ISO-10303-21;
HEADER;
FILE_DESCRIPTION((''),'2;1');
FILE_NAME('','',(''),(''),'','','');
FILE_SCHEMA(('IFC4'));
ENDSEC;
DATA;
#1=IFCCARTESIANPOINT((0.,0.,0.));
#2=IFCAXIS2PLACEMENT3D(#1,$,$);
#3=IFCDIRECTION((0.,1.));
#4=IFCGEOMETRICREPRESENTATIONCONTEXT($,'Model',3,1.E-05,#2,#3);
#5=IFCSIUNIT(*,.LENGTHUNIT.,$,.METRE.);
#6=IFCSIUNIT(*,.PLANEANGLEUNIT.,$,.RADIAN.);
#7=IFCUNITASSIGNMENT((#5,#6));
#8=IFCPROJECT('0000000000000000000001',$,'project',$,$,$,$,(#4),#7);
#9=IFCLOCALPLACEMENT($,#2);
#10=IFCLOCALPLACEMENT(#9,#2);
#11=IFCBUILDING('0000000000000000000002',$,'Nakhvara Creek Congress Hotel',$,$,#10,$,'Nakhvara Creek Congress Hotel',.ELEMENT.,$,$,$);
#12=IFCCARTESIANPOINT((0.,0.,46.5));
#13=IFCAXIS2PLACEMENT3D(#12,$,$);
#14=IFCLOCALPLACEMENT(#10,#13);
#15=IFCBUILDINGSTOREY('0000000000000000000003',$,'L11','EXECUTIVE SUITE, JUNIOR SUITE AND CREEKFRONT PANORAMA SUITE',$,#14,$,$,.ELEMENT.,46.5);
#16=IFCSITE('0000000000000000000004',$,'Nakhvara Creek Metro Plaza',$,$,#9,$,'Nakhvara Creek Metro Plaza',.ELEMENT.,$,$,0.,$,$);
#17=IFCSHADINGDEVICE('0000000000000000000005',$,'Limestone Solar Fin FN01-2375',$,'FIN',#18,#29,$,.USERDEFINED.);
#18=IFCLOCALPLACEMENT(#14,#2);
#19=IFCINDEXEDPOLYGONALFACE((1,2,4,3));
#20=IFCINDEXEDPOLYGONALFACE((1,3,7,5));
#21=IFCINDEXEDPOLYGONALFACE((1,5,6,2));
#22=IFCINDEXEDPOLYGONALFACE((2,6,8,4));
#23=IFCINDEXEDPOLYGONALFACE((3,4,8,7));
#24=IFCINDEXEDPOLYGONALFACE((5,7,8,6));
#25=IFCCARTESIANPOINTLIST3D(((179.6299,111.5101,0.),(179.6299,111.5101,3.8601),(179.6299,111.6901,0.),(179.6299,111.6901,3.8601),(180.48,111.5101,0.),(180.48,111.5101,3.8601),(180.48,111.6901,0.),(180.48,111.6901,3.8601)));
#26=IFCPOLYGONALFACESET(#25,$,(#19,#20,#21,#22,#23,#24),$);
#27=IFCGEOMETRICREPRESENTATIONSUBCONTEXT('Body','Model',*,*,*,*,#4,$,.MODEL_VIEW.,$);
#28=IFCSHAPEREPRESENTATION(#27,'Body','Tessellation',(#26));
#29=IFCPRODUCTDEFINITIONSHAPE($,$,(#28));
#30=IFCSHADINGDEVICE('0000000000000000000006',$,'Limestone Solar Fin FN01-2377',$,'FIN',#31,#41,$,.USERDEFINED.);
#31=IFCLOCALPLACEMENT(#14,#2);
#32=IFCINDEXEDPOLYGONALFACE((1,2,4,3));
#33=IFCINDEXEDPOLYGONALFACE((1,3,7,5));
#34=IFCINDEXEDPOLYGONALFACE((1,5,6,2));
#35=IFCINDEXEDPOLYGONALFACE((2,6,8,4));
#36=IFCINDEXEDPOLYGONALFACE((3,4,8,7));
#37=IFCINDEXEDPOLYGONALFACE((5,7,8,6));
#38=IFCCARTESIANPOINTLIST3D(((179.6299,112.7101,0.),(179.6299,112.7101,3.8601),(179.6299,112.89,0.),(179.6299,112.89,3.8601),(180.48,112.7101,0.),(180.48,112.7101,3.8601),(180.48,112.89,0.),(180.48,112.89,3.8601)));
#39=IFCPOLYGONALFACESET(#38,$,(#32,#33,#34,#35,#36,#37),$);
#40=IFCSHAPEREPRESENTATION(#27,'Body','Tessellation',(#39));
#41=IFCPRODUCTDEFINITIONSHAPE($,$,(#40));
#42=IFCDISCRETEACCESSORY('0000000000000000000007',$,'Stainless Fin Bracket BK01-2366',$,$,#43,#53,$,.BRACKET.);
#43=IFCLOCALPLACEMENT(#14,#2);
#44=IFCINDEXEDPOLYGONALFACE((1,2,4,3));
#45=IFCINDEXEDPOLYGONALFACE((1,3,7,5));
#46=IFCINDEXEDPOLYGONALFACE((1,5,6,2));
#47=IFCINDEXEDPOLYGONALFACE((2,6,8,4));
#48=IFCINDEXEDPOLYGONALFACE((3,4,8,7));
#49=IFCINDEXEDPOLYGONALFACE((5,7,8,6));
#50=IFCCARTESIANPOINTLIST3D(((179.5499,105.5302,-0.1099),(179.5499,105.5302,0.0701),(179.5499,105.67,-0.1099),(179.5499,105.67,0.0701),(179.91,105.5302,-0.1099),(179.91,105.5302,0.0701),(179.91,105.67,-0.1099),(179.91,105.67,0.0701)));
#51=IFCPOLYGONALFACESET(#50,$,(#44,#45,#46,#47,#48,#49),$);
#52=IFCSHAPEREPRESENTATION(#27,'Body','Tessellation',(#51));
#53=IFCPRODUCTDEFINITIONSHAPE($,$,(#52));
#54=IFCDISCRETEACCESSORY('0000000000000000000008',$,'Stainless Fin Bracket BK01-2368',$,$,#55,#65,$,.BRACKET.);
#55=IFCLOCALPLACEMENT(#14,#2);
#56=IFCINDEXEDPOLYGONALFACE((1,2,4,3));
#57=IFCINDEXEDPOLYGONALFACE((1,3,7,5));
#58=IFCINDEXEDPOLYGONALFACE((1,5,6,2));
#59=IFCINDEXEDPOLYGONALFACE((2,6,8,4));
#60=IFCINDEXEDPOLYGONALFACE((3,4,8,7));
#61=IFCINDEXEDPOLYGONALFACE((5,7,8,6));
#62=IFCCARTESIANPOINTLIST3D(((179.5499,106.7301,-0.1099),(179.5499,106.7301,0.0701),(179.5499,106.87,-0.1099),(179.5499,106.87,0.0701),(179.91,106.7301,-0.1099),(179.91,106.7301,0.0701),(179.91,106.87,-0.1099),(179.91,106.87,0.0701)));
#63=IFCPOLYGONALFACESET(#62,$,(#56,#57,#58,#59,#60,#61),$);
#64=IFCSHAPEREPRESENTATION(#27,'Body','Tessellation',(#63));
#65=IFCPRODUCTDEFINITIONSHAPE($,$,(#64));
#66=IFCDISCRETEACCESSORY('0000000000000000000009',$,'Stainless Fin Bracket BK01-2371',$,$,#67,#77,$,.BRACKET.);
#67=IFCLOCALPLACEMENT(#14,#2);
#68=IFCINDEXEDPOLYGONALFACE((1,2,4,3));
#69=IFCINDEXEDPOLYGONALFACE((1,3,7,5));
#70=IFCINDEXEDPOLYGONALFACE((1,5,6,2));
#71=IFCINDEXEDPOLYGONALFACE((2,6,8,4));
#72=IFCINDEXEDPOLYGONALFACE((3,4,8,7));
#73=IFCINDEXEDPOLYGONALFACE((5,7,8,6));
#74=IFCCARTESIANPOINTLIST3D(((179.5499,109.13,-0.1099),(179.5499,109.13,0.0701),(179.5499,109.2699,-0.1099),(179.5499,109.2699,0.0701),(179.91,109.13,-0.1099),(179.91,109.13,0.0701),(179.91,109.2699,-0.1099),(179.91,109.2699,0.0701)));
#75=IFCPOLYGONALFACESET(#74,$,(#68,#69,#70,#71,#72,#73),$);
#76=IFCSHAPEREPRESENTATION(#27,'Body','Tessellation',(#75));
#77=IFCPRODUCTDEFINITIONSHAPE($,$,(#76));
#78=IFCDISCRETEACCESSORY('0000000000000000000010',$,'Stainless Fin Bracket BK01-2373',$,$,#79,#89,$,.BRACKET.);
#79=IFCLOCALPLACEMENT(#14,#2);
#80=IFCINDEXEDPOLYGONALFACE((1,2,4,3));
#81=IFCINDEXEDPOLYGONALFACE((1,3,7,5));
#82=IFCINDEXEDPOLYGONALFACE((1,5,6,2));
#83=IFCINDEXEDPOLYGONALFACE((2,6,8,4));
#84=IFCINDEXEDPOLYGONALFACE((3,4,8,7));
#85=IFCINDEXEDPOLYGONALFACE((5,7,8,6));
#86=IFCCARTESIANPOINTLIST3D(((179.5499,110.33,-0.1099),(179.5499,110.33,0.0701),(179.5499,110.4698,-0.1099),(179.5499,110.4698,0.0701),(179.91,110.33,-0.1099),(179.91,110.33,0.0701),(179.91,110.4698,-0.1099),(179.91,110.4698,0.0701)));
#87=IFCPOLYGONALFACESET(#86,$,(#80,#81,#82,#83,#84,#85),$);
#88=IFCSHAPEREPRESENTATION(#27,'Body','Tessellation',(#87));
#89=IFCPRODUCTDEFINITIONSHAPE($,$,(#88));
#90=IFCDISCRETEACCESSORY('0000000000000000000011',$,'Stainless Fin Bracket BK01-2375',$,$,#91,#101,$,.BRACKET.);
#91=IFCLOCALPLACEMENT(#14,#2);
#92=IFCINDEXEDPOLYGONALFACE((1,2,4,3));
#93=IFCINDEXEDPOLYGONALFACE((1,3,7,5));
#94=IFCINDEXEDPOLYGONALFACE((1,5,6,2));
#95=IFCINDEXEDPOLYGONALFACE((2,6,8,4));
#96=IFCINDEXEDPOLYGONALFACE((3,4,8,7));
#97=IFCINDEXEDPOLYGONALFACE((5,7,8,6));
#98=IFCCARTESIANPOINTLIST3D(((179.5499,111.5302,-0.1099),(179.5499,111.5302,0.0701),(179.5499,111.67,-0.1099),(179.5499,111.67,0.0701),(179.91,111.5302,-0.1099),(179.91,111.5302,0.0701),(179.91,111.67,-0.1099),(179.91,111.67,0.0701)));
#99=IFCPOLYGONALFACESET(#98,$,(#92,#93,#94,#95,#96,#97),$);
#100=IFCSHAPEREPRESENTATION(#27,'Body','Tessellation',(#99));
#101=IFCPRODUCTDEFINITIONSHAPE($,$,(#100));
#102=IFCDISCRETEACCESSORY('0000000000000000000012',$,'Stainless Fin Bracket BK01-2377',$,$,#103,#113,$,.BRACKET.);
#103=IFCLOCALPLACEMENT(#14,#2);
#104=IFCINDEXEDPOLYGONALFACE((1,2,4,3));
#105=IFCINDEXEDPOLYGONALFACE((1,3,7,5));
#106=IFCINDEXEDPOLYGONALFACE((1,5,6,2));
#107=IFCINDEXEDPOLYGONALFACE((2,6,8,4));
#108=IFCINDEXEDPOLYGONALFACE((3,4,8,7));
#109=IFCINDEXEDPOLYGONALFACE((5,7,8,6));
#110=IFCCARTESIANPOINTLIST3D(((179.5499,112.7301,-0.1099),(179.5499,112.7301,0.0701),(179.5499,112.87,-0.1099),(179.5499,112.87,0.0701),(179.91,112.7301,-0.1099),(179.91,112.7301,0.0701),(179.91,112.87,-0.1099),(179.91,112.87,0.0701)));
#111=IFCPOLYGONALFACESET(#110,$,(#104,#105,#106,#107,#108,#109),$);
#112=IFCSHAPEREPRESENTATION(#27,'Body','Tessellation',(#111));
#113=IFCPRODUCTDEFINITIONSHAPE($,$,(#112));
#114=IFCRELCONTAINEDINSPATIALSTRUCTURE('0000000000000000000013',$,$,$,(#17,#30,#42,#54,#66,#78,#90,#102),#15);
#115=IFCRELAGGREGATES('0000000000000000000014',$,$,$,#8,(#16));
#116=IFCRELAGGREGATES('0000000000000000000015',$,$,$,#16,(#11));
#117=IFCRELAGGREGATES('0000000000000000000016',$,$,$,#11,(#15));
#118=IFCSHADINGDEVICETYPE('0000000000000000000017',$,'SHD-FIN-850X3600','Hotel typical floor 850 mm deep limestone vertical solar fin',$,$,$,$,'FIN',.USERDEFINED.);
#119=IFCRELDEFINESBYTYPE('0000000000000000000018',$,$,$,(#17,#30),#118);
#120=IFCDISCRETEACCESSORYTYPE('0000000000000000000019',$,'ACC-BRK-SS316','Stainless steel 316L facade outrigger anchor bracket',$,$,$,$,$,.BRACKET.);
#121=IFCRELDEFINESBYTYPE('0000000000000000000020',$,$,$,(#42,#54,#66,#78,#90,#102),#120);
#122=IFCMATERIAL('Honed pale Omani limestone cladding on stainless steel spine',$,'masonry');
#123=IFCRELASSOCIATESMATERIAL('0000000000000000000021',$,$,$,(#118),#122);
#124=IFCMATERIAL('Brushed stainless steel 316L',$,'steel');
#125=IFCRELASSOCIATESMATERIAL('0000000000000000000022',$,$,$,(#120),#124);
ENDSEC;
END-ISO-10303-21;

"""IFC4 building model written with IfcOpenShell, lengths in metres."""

from ifc_helpers import new_model, si_unit, direction, frame, origin, origin_2d, place, context, subcontext, project, spatial, rectangle, extrude, material, type_object, element, save


model = new_model("IFC4")

# Units and contexts
model_context = context("Model", 3, precision=1e-05, world=origin(), true_north=direction((0.0, 1.0)))
body_context = subcontext(model_context, "Body", "Model", "MODEL_VIEW")
ifc_project = project(units=[si_unit("LENGTHUNIT", "METRE"), si_unit("PLANEANGLEUNIT", "RADIAN")], contexts=[model_context])

# Site, building, storey
site_placement = place(None, origin())
site = spatial("IfcSite", under=ifc_project, at=site_placement, Name="Nakhvara Creek Metro Plaza", LongName="Nakhvara Creek Metro Plaza", CompositionType="ELEMENT", RefElevation=0.0)
building_placement = place(site_placement, origin())
building = spatial("IfcBuilding", under=site, at=building_placement, Name="Nakhvara Creek Congress Hotel", LongName="Nakhvara Creek Congress Hotel", CompositionType="ELEMENT")
storey_placement = place(building_placement, frame((0.0, 0.0, 46.5)))
storey = spatial("IfcBuildingStorey", under=building, at=storey_placement, Name="L11", Description="EXECUTIVE SUITE, JUNIOR SUITE AND CREEKFRONT PANORAMA SUITE", CompositionType="ELEMENT", Elevation=46.5)

# Shading devices
ifc_material_1 = material(Name="Honed pale Omani limestone cladding on stainless steel spine", Category="masonry")
shading_device_type = type_object("IfcShadingDeviceType", Name="SHD-FIN-850X3600", Description="Hotel typical floor 850 mm deep limestone vertical solar fin", ElementType="FIN", PredefinedType="USERDEFINED", material=ifc_material_1)
for number, where, z_axis, x_axis, name in (
    (1, (180.0549, 111.6001, 0.0), (0.0, 0.0, 1.0), (0.0, 1.0, 0.0), "Limestone Solar Fin FN01-2375"),
    (2, (180.0549, 112.8, 0.0), (0.0, 0.0, 1.0), (0.0, 1.0, 0.0), "Limestone Solar Fin FN01-2377"),
):
    element("IfcShadingDevice", number, at=place(storey_placement, frame(where, z_axis=z_axis, x_axis=x_axis)), inside=storey, type_object=shading_device_type, Name=name, ObjectType="FIN", PredefinedType="USERDEFINED", context=body_context, shape_type="SweptSolid", body=[
        extrude(rectangle(XDim=0.1799, YDim=0.8501, at=origin_2d()), origin(), (0.0, 0.0, 1.0), 3.8601),
    ])

# Discrete accessories
ifc_material_2 = material(Name="Brushed stainless steel 316L", Category="steel")
discrete_accessory_type = type_object("IfcDiscreteAccessoryType", Name="ACC-BRK-SS316", Description="Stainless steel 316L facade outrigger anchor bracket", PredefinedType="BRACKET", material=ifc_material_2)
for number, where, z_axis, x_axis, name in (
    (3, (179.73, 105.6001, -0.1099), (0.0, 0.0, 1.0), (0.0, 1.0, 0.0), "Stainless Fin Bracket BK01-2366"),
    (4, (179.73, 106.8, -0.1099), (0.0, 0.0, 1.0), (0.0, 1.0, 0.0), "Stainless Fin Bracket BK01-2368"),
    (5, (179.73, 109.2, -0.1099), (0.0, 0.0, 1.0), (0.0, 1.0, 0.0), "Stainless Fin Bracket BK01-2371"),
    (6, (179.73, 110.3999, -0.1099), (0.0, 0.0, 1.0), (0.0, 1.0, 0.0), "Stainless Fin Bracket BK01-2373"),
    (7, (179.73, 111.6001, -0.1099), (0.0, 0.0, 1.0), (0.0, 1.0, 0.0), "Stainless Fin Bracket BK01-2375"),
    (8, (179.73, 112.8, -0.1099), (0.0, 0.0, 1.0), (0.0, 1.0, 0.0), "Stainless Fin Bracket BK01-2377"),
):
    element("IfcDiscreteAccessory", number, at=place(storey_placement, frame(where, z_axis=z_axis, x_axis=x_axis)), inside=storey, type_object=discrete_accessory_type, Name=name, PredefinedType="BRACKET", context=body_context, shape_type="SweptSolid", body=[
        extrude(rectangle(XDim=0.1399, YDim=0.3601, at=origin_2d()), origin(), (0.0, 0.0, 1.0), 0.1799),
    ])

save(model, "model.ifc")
